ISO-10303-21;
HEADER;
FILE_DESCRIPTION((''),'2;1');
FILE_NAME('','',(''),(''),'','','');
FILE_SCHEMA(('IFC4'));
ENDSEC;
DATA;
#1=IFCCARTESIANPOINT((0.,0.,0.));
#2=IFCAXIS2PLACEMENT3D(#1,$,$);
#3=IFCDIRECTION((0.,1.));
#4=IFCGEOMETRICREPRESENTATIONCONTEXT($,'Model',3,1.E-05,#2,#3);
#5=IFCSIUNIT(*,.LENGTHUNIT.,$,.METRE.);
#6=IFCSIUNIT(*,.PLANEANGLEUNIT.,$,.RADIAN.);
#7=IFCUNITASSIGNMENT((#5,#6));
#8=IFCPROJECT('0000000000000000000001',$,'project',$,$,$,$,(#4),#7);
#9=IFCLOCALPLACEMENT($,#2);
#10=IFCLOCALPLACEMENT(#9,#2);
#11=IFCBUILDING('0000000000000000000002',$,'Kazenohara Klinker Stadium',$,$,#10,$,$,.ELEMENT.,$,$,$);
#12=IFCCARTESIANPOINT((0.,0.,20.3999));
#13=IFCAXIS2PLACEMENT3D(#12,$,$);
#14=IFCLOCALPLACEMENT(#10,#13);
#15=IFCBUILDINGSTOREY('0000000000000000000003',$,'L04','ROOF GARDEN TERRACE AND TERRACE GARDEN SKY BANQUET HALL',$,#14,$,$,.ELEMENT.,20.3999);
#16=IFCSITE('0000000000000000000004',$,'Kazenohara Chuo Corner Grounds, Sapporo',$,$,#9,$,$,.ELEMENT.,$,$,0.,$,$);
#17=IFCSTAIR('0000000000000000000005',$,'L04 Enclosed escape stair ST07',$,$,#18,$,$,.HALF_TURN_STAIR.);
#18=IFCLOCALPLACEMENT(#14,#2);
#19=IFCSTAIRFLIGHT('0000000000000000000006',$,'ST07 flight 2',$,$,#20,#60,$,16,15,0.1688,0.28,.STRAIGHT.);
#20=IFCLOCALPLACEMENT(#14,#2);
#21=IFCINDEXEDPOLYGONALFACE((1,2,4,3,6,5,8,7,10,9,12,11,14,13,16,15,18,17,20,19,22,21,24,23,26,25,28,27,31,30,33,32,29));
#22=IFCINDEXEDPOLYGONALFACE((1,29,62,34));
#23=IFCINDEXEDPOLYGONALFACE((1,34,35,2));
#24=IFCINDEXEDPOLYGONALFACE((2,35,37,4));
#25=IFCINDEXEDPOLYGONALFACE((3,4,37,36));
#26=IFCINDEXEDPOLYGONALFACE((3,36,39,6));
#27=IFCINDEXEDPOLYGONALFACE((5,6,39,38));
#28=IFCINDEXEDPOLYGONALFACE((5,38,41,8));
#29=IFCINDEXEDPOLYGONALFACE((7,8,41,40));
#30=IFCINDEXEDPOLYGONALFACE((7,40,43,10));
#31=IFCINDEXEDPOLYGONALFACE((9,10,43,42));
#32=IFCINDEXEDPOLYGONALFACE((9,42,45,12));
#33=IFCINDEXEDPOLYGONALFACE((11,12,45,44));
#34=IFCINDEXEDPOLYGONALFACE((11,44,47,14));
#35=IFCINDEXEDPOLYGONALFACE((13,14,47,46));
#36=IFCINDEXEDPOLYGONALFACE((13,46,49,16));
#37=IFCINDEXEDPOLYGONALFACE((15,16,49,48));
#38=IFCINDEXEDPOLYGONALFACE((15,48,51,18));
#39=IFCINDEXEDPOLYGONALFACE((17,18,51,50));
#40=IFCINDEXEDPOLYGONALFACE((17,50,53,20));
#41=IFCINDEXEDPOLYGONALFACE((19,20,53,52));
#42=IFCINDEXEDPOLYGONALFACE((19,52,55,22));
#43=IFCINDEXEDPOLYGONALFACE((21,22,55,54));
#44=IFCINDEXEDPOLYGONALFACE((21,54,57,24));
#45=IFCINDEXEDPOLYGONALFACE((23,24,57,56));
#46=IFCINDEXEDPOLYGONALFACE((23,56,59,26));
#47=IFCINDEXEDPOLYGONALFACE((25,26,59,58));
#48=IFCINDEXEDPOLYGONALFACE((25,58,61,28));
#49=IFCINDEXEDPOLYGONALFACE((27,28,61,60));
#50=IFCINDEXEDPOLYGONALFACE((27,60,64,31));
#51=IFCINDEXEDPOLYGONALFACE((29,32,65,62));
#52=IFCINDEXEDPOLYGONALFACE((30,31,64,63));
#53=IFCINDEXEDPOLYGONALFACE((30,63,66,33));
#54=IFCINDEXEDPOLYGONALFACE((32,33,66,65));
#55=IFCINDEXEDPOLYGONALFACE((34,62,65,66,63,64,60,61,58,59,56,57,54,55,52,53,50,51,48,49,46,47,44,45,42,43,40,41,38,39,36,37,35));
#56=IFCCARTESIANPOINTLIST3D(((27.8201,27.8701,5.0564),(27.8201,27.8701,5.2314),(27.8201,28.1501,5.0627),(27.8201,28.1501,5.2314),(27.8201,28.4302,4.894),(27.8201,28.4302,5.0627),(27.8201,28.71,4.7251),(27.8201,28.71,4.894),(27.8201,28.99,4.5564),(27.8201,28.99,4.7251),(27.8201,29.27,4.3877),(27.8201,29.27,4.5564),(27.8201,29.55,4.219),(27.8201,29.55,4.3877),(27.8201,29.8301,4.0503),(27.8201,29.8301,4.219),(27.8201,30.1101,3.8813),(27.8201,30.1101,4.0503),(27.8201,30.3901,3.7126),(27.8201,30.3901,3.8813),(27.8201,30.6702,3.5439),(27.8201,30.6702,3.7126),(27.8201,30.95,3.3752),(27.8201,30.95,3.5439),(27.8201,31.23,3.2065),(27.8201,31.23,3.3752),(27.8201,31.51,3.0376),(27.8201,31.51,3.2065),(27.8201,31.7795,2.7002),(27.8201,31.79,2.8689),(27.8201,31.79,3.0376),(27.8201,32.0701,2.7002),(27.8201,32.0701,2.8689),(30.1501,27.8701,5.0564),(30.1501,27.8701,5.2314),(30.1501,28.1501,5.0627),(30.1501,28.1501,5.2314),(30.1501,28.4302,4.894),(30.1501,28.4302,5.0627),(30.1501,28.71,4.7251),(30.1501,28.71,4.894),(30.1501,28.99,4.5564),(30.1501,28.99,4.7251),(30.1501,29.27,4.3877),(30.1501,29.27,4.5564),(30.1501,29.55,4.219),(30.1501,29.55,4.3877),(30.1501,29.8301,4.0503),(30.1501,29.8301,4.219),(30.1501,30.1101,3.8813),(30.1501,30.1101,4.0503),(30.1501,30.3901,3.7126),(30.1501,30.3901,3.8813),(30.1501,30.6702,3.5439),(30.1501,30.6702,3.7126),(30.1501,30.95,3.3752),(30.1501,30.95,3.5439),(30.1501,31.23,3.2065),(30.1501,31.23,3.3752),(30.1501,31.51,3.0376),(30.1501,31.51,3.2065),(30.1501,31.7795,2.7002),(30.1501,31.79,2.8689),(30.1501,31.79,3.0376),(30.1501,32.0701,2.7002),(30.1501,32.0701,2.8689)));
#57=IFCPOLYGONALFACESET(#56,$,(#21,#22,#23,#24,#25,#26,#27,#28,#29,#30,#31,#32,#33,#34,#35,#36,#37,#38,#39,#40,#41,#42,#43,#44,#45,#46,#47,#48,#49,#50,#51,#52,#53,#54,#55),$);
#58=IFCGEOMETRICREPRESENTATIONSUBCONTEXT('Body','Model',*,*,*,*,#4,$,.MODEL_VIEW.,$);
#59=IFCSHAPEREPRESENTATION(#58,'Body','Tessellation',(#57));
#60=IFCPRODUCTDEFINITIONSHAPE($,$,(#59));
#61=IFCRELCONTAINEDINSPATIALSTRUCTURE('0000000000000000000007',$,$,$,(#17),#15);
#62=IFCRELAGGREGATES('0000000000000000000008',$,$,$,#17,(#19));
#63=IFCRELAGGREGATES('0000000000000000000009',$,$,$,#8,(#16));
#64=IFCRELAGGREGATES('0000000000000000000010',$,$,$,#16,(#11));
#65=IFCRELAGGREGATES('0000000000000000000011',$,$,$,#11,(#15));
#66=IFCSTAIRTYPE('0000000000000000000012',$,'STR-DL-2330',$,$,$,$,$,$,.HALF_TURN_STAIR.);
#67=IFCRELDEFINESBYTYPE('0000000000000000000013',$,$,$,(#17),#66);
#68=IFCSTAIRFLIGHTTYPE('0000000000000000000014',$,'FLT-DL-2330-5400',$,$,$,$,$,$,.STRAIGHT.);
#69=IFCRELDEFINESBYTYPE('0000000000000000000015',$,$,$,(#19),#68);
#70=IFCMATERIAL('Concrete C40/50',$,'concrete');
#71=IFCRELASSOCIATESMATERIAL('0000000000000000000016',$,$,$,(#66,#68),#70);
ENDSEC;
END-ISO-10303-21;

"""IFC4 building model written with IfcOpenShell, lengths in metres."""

from ifc_helpers import new_model, si_unit, direction, frame, origin, place, context, subcontext, project, spatial, polyline, outline, extrude, material, type_object, element, aggregate, save


model = new_model("IFC4")

# Units and contexts
model_context = context("Model", 3, precision=1e-05, world=origin(), true_north=direction((0.0, 1.0)))
body_context = subcontext(model_context, "Body", "Model", "MODEL_VIEW")
ifc_project = project(units=[si_unit("LENGTHUNIT", "METRE"), si_unit("PLANEANGLEUNIT", "RADIAN")], contexts=[model_context])

# Site, building, storey
site_placement = place(None, origin())
site = spatial("IfcSite", under=ifc_project, at=site_placement, Name="Kazenohara Chuo Corner Grounds, Sapporo", CompositionType="ELEMENT", RefElevation=0.0)
building_placement = place(site_placement, origin())
building = spatial("IfcBuilding", under=site, at=building_placement, Name="Kazenohara Klinker Stadium", CompositionType="ELEMENT")
storey_placement = place(building_placement, frame((0.0, 0.0, 20.3999)))
storey = spatial("IfcBuildingStorey", under=building, at=storey_placement, Name="L04", Description="ROOF GARDEN TERRACE AND TERRACE GARDEN SKY BANQUET HALL", CompositionType="ELEMENT", Elevation=20.3999)

# Shared definitions
ifc_material_1 = material(Name="Concrete C40/50", Category="concrete")

# Stair, stair flight
stair_type = type_object("IfcStairType", Name="STR-DL-2330", PredefinedType="HALF_TURN_STAIR", material=ifc_material_1)
stair_placement = place(storey_placement, origin())
stair = element("IfcStair", 1, at=stair_placement, inside=storey, type_object=stair_type, Name="L04 Enclosed escape stair ST07", PredefinedType="HALF_TURN_STAIR")
stair_flight_type = type_object("IfcStairFlightType", Name="FLT-DL-2330-5400", PredefinedType="STRAIGHT", material=ifc_material_1)
stair_flight_1_placement = place(storey_placement, frame((28.9851, 32.0701, 2.7002), z_axis=(0.0, 0.0, 1.0), x_axis=(0.0, -1.0, 0.0)))
stair_flight_1 = element("IfcStairFlight", 2, at=stair_flight_1_placement, type_object=stair_flight_type, Name="ST07 flight 2", NumberOfRisers=16, NumberOfTreads=15, PredefinedType="STRAIGHT", RiserHeight=0.1688, TreadLength=0.28, context=body_context, shape_type="SweptSolid", body=[
    extrude(outline(polyline([(0.0, 0.0), (0.0, 0.1687), (0.28, 0.1687), (0.28, 0.3374), (0.5601, 0.3374), (0.5601, 0.5063), (0.8401, 0.5063), (0.8401, 0.675), (1.1201, 0.675), (1.1201, 0.8438), (1.3999, 0.8438), (1.3999, 1.0125), (1.6799, 1.0125), (1.6799, 1.1812), (1.96, 1.1812), (1.96, 1.3501), (2.24, 1.3501), (2.24, 1.5188), (2.52, 1.5188), (2.52, 1.6875), (2.8, 1.6875), (2.8, 1.8562), (3.0801, 1.8562), (3.0801, 2.0249), (3.3601, 2.0249), (3.3601, 2.1938), (3.6399, 2.1938), (3.6399, 2.3625), (3.9199, 2.3625), (3.9199, 2.5312), (4.2, 2.5312), (4.2, 2.7), (4.2, 2.3562), (0.2905, 0.0), (0.0, 0.0)])), frame((0.0, 1.165, 0.0), z_axis=(0.0, -1.0, 0.0), x_axis=(1.0, 0.0, 0.0)), (0.0, 0.0, 1.0), 2.3301),
])
aggregate(stair, [stair_flight_1])

save(model, "model.ifc")
